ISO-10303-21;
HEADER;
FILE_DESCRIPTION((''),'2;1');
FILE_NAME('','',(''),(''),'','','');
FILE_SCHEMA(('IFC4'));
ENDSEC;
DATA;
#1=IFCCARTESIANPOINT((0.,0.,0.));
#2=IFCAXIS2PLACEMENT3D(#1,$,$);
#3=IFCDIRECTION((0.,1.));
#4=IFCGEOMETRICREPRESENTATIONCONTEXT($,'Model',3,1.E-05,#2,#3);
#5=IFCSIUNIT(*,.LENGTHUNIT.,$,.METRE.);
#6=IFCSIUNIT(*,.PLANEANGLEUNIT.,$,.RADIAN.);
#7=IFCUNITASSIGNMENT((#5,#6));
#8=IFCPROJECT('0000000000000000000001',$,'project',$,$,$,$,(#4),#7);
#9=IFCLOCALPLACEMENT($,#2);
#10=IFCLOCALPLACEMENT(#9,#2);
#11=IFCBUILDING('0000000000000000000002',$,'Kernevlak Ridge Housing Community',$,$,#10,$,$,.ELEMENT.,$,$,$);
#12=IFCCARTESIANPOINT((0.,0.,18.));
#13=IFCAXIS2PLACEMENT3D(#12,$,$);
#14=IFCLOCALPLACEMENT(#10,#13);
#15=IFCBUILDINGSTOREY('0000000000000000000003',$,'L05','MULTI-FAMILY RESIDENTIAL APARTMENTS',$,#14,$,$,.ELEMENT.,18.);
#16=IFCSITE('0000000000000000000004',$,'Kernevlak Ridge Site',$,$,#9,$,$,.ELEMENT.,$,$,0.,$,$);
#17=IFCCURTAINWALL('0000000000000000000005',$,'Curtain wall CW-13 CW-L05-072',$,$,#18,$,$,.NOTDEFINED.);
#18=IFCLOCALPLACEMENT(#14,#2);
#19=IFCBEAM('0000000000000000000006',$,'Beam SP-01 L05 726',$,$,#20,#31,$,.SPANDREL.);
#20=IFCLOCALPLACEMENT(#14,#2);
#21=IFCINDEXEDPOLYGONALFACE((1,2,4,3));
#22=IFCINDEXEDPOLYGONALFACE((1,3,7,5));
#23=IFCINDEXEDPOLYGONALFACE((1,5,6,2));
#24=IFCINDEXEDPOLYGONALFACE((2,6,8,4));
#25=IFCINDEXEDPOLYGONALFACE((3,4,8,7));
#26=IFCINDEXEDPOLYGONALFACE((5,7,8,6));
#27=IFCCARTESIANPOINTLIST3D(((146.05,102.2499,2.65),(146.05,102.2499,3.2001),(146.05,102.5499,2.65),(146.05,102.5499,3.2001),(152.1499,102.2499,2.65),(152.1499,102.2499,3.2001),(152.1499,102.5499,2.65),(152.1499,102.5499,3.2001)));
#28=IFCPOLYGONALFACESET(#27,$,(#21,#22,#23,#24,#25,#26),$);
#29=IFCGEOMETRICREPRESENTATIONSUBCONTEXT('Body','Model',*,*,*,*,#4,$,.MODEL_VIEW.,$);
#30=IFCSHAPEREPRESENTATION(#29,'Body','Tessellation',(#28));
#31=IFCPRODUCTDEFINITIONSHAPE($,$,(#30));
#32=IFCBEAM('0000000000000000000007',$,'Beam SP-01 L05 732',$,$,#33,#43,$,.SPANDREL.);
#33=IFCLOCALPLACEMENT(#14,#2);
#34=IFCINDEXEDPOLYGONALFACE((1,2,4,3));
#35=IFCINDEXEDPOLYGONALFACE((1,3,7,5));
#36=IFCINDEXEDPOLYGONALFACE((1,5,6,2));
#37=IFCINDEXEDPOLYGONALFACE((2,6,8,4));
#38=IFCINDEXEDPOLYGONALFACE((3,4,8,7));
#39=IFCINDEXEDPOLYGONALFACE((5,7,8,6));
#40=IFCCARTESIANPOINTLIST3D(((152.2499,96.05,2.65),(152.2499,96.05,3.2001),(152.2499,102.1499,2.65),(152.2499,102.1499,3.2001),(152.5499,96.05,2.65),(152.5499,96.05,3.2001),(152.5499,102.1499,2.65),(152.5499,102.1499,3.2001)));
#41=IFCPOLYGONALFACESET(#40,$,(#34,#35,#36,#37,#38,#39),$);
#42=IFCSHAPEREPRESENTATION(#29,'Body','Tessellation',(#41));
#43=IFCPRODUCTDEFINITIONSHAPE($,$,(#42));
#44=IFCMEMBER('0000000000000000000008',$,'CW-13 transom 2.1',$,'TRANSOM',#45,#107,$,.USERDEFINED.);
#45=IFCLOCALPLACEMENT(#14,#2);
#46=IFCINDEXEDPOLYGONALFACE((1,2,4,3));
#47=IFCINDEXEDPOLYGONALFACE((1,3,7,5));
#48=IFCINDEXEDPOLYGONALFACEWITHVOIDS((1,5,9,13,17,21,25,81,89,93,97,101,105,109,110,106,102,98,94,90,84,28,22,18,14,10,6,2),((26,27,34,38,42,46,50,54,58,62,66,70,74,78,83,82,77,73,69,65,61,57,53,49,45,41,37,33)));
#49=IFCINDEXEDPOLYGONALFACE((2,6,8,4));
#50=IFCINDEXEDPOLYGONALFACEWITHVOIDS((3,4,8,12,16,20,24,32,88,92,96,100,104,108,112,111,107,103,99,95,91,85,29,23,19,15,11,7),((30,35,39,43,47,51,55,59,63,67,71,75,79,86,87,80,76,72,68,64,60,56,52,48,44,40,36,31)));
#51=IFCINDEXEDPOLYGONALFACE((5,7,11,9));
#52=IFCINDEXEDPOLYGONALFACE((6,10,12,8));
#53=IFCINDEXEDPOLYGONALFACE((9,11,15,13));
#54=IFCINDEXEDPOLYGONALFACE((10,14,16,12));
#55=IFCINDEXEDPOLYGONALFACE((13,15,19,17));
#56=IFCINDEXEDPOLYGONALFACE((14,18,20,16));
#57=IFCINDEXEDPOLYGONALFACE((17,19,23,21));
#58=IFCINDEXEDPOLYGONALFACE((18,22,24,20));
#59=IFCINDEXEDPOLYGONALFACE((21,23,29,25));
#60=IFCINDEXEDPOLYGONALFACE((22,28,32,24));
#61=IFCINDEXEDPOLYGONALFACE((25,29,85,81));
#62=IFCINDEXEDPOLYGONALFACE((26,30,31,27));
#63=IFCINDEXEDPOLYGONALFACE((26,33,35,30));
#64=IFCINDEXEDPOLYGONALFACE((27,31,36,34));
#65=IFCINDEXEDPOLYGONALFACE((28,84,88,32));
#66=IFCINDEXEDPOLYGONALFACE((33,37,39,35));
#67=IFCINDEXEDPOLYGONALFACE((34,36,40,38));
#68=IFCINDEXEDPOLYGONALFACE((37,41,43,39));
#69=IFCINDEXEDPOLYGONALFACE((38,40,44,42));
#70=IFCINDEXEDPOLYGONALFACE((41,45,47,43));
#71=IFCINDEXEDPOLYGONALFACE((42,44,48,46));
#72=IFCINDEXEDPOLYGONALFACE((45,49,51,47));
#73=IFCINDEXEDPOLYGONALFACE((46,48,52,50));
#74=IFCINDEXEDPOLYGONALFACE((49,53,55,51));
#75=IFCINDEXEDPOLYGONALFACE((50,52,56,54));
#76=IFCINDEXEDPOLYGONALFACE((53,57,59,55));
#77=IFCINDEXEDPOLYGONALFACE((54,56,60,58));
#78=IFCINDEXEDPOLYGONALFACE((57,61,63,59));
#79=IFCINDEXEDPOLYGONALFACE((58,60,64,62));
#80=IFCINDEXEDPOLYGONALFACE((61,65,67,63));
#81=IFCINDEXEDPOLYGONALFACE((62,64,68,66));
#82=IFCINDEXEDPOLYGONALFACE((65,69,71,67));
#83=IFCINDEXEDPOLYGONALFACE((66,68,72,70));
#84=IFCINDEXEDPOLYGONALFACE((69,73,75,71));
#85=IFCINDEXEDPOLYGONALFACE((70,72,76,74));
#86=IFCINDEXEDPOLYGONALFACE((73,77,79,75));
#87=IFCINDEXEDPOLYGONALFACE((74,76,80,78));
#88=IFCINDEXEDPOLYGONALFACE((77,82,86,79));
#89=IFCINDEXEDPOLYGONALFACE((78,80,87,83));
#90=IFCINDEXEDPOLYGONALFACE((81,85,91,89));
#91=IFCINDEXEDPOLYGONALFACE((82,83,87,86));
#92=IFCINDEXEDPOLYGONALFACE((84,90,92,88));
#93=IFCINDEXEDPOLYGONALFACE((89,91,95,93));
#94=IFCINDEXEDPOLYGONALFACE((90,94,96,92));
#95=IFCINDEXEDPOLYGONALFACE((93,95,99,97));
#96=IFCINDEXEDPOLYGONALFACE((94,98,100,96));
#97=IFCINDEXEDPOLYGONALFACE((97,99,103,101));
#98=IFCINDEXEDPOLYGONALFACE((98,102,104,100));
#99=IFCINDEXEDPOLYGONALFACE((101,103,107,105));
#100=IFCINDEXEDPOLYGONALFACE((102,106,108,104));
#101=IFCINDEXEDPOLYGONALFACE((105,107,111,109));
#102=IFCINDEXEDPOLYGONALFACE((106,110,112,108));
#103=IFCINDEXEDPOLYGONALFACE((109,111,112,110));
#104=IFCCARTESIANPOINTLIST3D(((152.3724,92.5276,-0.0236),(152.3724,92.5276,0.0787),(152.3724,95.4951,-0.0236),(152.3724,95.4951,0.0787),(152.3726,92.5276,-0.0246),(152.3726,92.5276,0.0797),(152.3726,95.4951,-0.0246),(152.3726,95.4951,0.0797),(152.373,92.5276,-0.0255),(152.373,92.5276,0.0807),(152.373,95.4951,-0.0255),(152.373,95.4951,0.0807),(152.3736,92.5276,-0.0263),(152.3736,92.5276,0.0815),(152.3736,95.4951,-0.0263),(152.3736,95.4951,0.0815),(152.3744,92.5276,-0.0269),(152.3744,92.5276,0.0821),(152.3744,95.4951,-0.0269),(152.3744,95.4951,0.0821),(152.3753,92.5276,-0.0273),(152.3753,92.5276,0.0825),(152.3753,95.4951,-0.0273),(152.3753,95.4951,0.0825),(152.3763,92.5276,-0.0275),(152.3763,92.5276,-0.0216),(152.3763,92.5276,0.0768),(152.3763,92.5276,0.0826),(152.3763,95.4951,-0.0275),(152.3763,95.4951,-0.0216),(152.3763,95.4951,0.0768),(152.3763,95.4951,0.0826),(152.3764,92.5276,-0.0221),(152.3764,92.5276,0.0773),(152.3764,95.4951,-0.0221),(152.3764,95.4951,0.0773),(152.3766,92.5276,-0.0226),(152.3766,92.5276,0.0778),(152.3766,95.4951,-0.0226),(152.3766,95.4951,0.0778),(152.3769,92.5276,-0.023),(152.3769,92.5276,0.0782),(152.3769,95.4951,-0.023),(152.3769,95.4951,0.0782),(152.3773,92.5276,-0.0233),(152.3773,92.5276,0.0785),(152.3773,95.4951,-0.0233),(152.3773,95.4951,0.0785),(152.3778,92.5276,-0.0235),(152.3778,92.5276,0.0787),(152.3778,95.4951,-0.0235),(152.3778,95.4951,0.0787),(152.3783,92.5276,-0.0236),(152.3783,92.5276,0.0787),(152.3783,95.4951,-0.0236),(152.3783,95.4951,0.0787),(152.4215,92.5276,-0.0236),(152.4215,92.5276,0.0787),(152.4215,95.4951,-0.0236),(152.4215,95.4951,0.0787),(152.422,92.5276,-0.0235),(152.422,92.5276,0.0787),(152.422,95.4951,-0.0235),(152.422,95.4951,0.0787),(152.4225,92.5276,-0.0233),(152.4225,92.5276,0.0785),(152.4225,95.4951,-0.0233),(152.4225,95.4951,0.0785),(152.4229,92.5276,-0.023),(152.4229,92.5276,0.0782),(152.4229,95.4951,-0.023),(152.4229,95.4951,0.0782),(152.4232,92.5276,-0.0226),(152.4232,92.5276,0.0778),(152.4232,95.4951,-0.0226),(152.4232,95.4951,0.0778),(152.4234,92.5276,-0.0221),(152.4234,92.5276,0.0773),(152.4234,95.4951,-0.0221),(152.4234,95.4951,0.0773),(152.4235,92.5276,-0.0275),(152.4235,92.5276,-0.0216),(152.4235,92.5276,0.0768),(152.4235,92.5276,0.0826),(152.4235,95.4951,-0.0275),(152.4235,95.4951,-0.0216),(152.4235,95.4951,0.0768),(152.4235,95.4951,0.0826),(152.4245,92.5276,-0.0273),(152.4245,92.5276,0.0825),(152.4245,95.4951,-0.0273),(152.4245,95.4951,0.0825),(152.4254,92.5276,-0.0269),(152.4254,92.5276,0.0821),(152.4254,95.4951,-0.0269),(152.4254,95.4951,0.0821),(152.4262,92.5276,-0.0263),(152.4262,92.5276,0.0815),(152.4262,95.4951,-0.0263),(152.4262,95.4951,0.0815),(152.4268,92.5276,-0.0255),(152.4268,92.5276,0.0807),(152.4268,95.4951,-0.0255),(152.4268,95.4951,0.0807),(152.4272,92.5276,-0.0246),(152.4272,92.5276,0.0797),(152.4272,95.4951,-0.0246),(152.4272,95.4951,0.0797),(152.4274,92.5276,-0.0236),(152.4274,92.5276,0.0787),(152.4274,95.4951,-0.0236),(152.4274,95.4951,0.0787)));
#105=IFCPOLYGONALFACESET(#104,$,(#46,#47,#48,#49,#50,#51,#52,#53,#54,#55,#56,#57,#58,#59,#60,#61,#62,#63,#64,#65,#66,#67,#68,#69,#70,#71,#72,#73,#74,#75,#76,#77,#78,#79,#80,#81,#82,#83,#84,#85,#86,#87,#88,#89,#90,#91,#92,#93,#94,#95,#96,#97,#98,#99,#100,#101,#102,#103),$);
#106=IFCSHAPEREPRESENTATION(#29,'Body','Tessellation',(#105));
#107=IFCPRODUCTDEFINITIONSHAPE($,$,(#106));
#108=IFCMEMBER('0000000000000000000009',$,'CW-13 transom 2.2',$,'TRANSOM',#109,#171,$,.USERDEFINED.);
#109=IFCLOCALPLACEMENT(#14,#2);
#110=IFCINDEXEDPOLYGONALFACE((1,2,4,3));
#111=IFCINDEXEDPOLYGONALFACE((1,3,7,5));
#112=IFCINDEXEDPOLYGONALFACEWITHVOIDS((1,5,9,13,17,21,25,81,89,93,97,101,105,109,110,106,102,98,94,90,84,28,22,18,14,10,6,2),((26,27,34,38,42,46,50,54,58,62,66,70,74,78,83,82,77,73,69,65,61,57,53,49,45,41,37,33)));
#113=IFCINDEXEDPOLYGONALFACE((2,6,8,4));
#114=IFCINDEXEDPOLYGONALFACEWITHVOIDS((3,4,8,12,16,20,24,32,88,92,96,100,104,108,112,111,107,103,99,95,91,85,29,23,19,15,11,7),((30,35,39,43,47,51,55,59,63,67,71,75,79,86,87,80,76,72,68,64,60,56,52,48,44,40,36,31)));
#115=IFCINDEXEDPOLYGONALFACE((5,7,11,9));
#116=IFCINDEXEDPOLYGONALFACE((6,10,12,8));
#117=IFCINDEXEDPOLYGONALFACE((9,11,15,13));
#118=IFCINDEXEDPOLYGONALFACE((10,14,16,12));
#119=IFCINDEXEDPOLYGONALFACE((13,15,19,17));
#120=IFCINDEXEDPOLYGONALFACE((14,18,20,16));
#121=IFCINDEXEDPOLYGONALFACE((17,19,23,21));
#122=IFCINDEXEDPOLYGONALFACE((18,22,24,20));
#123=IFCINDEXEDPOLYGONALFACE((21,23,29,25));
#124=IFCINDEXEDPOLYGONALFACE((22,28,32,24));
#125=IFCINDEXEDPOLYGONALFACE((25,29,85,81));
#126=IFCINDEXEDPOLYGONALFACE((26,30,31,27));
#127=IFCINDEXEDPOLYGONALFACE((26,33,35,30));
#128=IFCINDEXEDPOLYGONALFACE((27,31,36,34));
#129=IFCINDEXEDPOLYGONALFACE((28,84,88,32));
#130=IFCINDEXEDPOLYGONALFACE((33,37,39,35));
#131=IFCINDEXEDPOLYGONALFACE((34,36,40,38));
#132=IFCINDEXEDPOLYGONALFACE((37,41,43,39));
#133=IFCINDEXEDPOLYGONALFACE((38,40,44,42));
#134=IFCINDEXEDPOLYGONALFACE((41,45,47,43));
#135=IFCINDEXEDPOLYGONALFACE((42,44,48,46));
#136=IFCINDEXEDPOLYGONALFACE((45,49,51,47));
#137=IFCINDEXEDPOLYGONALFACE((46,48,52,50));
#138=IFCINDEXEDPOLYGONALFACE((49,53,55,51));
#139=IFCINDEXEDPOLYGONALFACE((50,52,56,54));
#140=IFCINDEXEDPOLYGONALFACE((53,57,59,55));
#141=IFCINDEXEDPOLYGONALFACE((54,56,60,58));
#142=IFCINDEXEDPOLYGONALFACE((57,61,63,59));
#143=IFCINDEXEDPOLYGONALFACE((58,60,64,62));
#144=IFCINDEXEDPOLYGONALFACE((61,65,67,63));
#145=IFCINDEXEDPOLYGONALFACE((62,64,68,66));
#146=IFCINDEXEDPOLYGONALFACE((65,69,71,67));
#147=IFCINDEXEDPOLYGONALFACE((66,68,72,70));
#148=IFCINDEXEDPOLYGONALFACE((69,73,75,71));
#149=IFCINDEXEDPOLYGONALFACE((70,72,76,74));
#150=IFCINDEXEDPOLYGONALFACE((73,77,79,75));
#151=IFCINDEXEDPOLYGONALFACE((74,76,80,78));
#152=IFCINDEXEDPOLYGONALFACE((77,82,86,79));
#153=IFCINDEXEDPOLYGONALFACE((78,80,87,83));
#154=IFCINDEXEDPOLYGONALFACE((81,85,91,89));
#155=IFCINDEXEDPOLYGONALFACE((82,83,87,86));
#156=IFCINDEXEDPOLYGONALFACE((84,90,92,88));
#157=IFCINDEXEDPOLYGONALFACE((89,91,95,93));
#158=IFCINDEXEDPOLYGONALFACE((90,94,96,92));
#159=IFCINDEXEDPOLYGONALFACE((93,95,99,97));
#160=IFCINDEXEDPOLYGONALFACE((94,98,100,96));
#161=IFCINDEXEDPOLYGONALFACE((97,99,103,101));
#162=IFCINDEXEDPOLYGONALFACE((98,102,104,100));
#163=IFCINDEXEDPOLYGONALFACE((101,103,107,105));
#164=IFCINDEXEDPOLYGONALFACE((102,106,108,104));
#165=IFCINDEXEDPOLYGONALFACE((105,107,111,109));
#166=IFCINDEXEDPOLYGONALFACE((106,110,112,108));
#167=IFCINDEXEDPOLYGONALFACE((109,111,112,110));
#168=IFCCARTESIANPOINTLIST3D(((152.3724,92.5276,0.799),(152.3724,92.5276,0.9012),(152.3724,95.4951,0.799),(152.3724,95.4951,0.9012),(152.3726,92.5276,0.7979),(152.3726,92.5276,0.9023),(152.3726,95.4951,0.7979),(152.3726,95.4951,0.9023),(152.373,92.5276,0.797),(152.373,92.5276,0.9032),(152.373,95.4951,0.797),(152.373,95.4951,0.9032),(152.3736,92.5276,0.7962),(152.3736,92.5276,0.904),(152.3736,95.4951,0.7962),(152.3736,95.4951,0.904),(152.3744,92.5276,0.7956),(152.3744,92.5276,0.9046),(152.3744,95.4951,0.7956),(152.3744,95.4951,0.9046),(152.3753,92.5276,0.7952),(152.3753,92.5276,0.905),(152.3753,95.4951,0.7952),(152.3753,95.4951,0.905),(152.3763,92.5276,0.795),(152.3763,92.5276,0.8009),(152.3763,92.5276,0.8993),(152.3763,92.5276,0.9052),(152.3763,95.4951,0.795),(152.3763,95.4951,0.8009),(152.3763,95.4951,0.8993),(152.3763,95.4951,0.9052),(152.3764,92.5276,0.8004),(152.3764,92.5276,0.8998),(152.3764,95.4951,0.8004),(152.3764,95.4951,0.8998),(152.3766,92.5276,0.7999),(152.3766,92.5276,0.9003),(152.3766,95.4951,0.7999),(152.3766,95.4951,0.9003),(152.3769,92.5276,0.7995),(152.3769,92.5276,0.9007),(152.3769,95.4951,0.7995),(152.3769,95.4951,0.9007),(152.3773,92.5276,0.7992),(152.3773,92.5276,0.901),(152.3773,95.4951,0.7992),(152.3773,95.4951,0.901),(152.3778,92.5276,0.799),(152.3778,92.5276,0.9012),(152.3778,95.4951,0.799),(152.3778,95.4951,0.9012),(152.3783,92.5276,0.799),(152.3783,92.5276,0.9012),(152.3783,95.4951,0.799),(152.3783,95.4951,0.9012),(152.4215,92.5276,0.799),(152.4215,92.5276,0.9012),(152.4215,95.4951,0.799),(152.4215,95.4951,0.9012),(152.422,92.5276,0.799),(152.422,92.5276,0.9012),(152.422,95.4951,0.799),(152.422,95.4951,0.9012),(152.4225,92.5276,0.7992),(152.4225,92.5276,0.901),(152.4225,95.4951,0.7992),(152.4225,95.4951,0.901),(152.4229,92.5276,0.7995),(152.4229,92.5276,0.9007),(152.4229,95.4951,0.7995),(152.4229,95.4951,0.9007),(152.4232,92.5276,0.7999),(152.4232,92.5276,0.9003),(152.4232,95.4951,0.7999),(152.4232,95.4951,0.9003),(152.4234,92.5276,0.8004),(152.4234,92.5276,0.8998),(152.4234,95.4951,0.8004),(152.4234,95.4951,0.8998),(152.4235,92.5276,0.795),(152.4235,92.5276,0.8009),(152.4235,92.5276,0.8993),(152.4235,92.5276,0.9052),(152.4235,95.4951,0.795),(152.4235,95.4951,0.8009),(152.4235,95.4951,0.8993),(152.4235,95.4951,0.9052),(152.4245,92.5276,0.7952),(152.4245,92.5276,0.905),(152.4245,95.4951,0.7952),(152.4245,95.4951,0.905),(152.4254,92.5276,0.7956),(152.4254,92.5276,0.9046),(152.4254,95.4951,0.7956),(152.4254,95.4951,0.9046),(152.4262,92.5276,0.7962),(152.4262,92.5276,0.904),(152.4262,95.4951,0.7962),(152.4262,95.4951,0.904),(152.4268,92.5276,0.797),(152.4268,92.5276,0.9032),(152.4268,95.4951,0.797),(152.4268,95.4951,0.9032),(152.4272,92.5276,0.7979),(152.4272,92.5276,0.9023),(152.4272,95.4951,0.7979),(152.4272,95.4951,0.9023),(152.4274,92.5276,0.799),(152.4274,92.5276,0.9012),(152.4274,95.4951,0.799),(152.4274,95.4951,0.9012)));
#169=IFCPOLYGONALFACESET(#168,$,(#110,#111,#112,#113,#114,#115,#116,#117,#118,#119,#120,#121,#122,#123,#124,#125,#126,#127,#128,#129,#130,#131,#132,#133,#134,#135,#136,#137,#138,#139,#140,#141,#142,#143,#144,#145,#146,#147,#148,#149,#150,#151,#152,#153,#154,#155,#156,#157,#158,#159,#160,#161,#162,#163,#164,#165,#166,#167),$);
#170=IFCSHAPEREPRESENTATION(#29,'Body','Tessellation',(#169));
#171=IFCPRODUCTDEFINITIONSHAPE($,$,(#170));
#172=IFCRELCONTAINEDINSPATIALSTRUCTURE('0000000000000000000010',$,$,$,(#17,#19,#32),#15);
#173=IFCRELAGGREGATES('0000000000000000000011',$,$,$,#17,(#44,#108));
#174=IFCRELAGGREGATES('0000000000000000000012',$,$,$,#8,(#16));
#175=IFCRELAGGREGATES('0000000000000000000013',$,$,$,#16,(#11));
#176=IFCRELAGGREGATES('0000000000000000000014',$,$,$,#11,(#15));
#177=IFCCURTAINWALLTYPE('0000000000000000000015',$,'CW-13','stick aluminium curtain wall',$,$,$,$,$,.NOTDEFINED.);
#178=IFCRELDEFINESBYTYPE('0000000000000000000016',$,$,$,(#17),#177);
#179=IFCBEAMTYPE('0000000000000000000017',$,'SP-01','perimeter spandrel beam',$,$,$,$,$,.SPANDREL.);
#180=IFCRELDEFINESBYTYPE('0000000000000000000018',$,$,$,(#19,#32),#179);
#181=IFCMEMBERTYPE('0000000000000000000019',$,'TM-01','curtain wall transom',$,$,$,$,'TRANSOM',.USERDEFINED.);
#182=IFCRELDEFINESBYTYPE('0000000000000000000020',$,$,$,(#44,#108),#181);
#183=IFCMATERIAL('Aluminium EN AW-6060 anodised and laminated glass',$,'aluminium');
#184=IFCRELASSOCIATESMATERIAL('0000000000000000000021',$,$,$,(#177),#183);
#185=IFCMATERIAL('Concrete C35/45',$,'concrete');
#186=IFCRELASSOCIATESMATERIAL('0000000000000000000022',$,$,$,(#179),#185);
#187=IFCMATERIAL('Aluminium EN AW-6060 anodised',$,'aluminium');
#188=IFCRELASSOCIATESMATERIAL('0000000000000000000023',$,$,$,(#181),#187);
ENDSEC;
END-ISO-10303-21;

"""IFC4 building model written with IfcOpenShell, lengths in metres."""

from ifc_helpers import new_model, si_unit, direction, frame, origin, origin_2d, place, context, subcontext, project, spatial, rectangle, hollow_rectangle, extrude, material, material_profile, profile_set, type_object, element, aggregate, save


model = new_model("IFC4")

# Units and contexts
model_context = context("Model", 3, precision=1e-05, world=origin(), true_north=direction((0.0, 1.0)))
body_context = subcontext(model_context, "Body", "Model", "MODEL_VIEW")
ifc_project = project(units=[si_unit("LENGTHUNIT", "METRE"), si_unit("PLANEANGLEUNIT", "RADIAN")], contexts=[model_context])

# Site, building, storey
site_placement = place(None, origin())
site = spatial("IfcSite", under=ifc_project, at=site_placement, Name="Kernevlak Ridge Site", CompositionType="ELEMENT", RefElevation=0.0)
building_placement = place(site_placement, origin())
building = spatial("IfcBuilding", under=site, at=building_placement, Name="Kernevlak Ridge Housing Community", CompositionType="ELEMENT")
storey_placement = place(building_placement, frame((0.0, 0.0, 18.0)))
storey = spatial("IfcBuildingStorey", under=building, at=storey_placement, Name="L05", Description="MULTI-FAMILY RESIDENTIAL APARTMENTS", CompositionType="ELEMENT", Elevation=18.0)

# Shared definitions
ifc_material_1 = material(Name="Concrete C35/45", Category="concrete")

# Curtain wall
ifc_material_2 = material(Name="Aluminium EN AW-6060 anodised and laminated glass", Category="aluminium")
curtain_wall_type = type_object("IfcCurtainWallType", Name="CW-13", Description="stick aluminium curtain wall", PredefinedType="NOTDEFINED", material=ifc_material_2)
curtain_wall_placement = place(storey_placement, origin())
curtain_wall = element("IfcCurtainWall", 1, at=curtain_wall_placement, inside=storey, type_object=curtain_wall_type, Name="Curtain wall CW-13 CW-L05-072", PredefinedType="NOTDEFINED")
ifc_material_3 = material(Name="Aluminium EN AW-6060 anodised", Category="aluminium")

# Beams
ifc_material_profile_1 = material_profile(ifc_material_1, rectangle(XDim=0.3, YDim=0.55, at=origin_2d()), Name="RC 300x550")
ifc_profile_set_1 = profile_set([ifc_material_profile_1], Name="Concrete C35/45")
beam_type_1 = type_object("IfcBeamType", Name="SP-01", Description="perimeter spandrel beam", PredefinedType="SPANDREL", material=ifc_profile_set_1)
for number, where, z_axis, x_axis, name in (
    (2, (146.05, 102.3999, 2.925), (1.0, 0.0, 0.0), (0.0, 1.0, 0.0), "Beam SP-01 L05 726"),
    (3, (152.3999, 96.05, 2.925), (0.0, 1.0, 0.0), (-1.0, 0.0, 0.0), "Beam SP-01 L05 732"),
):
    element("IfcBeam", number, at=place(storey_placement, frame(where, z_axis=z_axis, x_axis=x_axis)), inside=storey, type_object=beam_type_1, Name=name, PredefinedType="SPANDREL", context=body_context, shape_type="SweptSolid", body=[
        extrude(rectangle(XDim=0.3, YDim=0.55, at=origin_2d()), origin(), (0.0, 0.0, 1.0), 6.0999),
    ])

# Members
ifc_material_profile_2 = material_profile(ifc_material_3, hollow_rectangle(XDim=0.0549, YDim=0.1101, WallThickness=0.0039, InnerFilletRadius=0.002, OuterFilletRadius=0.0039, at=origin_2d()), Name="ALU 55x110x4")
ifc_profile_set_2 = profile_set([ifc_material_profile_2], Name="Aluminium EN AW-6060 anodised")
member_type_1 = type_object("IfcMemberType", Name="TM-01", Description="curtain wall transom", ElementType="TRANSOM", PredefinedType="USERDEFINED", material=ifc_profile_set_2)
member_1_placement = place(storey_placement, frame((152.3999, 92.5276, 0.0276), z_axis=(0.0, 1.0, 0.0), x_axis=(-1.0, 0.0, 0.0)))
member_1 = element("IfcMember", 4, at=member_1_placement, type_object=member_type_1, Name="CW-13 transom 2.1", ObjectType="TRANSOM", PredefinedType="USERDEFINED", context=body_context, shape_type="SweptSolid", body=[
    extrude(hollow_rectangle(XDim=0.0549, YDim=0.1101, WallThickness=0.0039, InnerFilletRadius=0.002, OuterFilletRadius=0.0039, at=origin_2d()), origin(), (0.0, 0.0, 1.0), 2.9675),
])
member_2_placement = place(storey_placement, frame((152.3999, 92.5276, 0.8501), z_axis=(0.0, 1.0, 0.0), x_axis=(-1.0, 0.0, 0.0)))
member_2 = element("IfcMember", 5, at=member_2_placement, type_object=member_type_1, Name="CW-13 transom 2.2", ObjectType="TRANSOM", PredefinedType="USERDEFINED", context=body_context, shape_type="SweptSolid", body=[
    extrude(hollow_rectangle(XDim=0.0549, YDim=0.1101, WallThickness=0.0039, InnerFilletRadius=0.002, OuterFilletRadius=0.0039, at=origin_2d()), origin(), (0.0, 0.0, 1.0), 2.9675),
])

aggregate(curtain_wall, [member_1, member_2])

save(model, "model.ifc")
